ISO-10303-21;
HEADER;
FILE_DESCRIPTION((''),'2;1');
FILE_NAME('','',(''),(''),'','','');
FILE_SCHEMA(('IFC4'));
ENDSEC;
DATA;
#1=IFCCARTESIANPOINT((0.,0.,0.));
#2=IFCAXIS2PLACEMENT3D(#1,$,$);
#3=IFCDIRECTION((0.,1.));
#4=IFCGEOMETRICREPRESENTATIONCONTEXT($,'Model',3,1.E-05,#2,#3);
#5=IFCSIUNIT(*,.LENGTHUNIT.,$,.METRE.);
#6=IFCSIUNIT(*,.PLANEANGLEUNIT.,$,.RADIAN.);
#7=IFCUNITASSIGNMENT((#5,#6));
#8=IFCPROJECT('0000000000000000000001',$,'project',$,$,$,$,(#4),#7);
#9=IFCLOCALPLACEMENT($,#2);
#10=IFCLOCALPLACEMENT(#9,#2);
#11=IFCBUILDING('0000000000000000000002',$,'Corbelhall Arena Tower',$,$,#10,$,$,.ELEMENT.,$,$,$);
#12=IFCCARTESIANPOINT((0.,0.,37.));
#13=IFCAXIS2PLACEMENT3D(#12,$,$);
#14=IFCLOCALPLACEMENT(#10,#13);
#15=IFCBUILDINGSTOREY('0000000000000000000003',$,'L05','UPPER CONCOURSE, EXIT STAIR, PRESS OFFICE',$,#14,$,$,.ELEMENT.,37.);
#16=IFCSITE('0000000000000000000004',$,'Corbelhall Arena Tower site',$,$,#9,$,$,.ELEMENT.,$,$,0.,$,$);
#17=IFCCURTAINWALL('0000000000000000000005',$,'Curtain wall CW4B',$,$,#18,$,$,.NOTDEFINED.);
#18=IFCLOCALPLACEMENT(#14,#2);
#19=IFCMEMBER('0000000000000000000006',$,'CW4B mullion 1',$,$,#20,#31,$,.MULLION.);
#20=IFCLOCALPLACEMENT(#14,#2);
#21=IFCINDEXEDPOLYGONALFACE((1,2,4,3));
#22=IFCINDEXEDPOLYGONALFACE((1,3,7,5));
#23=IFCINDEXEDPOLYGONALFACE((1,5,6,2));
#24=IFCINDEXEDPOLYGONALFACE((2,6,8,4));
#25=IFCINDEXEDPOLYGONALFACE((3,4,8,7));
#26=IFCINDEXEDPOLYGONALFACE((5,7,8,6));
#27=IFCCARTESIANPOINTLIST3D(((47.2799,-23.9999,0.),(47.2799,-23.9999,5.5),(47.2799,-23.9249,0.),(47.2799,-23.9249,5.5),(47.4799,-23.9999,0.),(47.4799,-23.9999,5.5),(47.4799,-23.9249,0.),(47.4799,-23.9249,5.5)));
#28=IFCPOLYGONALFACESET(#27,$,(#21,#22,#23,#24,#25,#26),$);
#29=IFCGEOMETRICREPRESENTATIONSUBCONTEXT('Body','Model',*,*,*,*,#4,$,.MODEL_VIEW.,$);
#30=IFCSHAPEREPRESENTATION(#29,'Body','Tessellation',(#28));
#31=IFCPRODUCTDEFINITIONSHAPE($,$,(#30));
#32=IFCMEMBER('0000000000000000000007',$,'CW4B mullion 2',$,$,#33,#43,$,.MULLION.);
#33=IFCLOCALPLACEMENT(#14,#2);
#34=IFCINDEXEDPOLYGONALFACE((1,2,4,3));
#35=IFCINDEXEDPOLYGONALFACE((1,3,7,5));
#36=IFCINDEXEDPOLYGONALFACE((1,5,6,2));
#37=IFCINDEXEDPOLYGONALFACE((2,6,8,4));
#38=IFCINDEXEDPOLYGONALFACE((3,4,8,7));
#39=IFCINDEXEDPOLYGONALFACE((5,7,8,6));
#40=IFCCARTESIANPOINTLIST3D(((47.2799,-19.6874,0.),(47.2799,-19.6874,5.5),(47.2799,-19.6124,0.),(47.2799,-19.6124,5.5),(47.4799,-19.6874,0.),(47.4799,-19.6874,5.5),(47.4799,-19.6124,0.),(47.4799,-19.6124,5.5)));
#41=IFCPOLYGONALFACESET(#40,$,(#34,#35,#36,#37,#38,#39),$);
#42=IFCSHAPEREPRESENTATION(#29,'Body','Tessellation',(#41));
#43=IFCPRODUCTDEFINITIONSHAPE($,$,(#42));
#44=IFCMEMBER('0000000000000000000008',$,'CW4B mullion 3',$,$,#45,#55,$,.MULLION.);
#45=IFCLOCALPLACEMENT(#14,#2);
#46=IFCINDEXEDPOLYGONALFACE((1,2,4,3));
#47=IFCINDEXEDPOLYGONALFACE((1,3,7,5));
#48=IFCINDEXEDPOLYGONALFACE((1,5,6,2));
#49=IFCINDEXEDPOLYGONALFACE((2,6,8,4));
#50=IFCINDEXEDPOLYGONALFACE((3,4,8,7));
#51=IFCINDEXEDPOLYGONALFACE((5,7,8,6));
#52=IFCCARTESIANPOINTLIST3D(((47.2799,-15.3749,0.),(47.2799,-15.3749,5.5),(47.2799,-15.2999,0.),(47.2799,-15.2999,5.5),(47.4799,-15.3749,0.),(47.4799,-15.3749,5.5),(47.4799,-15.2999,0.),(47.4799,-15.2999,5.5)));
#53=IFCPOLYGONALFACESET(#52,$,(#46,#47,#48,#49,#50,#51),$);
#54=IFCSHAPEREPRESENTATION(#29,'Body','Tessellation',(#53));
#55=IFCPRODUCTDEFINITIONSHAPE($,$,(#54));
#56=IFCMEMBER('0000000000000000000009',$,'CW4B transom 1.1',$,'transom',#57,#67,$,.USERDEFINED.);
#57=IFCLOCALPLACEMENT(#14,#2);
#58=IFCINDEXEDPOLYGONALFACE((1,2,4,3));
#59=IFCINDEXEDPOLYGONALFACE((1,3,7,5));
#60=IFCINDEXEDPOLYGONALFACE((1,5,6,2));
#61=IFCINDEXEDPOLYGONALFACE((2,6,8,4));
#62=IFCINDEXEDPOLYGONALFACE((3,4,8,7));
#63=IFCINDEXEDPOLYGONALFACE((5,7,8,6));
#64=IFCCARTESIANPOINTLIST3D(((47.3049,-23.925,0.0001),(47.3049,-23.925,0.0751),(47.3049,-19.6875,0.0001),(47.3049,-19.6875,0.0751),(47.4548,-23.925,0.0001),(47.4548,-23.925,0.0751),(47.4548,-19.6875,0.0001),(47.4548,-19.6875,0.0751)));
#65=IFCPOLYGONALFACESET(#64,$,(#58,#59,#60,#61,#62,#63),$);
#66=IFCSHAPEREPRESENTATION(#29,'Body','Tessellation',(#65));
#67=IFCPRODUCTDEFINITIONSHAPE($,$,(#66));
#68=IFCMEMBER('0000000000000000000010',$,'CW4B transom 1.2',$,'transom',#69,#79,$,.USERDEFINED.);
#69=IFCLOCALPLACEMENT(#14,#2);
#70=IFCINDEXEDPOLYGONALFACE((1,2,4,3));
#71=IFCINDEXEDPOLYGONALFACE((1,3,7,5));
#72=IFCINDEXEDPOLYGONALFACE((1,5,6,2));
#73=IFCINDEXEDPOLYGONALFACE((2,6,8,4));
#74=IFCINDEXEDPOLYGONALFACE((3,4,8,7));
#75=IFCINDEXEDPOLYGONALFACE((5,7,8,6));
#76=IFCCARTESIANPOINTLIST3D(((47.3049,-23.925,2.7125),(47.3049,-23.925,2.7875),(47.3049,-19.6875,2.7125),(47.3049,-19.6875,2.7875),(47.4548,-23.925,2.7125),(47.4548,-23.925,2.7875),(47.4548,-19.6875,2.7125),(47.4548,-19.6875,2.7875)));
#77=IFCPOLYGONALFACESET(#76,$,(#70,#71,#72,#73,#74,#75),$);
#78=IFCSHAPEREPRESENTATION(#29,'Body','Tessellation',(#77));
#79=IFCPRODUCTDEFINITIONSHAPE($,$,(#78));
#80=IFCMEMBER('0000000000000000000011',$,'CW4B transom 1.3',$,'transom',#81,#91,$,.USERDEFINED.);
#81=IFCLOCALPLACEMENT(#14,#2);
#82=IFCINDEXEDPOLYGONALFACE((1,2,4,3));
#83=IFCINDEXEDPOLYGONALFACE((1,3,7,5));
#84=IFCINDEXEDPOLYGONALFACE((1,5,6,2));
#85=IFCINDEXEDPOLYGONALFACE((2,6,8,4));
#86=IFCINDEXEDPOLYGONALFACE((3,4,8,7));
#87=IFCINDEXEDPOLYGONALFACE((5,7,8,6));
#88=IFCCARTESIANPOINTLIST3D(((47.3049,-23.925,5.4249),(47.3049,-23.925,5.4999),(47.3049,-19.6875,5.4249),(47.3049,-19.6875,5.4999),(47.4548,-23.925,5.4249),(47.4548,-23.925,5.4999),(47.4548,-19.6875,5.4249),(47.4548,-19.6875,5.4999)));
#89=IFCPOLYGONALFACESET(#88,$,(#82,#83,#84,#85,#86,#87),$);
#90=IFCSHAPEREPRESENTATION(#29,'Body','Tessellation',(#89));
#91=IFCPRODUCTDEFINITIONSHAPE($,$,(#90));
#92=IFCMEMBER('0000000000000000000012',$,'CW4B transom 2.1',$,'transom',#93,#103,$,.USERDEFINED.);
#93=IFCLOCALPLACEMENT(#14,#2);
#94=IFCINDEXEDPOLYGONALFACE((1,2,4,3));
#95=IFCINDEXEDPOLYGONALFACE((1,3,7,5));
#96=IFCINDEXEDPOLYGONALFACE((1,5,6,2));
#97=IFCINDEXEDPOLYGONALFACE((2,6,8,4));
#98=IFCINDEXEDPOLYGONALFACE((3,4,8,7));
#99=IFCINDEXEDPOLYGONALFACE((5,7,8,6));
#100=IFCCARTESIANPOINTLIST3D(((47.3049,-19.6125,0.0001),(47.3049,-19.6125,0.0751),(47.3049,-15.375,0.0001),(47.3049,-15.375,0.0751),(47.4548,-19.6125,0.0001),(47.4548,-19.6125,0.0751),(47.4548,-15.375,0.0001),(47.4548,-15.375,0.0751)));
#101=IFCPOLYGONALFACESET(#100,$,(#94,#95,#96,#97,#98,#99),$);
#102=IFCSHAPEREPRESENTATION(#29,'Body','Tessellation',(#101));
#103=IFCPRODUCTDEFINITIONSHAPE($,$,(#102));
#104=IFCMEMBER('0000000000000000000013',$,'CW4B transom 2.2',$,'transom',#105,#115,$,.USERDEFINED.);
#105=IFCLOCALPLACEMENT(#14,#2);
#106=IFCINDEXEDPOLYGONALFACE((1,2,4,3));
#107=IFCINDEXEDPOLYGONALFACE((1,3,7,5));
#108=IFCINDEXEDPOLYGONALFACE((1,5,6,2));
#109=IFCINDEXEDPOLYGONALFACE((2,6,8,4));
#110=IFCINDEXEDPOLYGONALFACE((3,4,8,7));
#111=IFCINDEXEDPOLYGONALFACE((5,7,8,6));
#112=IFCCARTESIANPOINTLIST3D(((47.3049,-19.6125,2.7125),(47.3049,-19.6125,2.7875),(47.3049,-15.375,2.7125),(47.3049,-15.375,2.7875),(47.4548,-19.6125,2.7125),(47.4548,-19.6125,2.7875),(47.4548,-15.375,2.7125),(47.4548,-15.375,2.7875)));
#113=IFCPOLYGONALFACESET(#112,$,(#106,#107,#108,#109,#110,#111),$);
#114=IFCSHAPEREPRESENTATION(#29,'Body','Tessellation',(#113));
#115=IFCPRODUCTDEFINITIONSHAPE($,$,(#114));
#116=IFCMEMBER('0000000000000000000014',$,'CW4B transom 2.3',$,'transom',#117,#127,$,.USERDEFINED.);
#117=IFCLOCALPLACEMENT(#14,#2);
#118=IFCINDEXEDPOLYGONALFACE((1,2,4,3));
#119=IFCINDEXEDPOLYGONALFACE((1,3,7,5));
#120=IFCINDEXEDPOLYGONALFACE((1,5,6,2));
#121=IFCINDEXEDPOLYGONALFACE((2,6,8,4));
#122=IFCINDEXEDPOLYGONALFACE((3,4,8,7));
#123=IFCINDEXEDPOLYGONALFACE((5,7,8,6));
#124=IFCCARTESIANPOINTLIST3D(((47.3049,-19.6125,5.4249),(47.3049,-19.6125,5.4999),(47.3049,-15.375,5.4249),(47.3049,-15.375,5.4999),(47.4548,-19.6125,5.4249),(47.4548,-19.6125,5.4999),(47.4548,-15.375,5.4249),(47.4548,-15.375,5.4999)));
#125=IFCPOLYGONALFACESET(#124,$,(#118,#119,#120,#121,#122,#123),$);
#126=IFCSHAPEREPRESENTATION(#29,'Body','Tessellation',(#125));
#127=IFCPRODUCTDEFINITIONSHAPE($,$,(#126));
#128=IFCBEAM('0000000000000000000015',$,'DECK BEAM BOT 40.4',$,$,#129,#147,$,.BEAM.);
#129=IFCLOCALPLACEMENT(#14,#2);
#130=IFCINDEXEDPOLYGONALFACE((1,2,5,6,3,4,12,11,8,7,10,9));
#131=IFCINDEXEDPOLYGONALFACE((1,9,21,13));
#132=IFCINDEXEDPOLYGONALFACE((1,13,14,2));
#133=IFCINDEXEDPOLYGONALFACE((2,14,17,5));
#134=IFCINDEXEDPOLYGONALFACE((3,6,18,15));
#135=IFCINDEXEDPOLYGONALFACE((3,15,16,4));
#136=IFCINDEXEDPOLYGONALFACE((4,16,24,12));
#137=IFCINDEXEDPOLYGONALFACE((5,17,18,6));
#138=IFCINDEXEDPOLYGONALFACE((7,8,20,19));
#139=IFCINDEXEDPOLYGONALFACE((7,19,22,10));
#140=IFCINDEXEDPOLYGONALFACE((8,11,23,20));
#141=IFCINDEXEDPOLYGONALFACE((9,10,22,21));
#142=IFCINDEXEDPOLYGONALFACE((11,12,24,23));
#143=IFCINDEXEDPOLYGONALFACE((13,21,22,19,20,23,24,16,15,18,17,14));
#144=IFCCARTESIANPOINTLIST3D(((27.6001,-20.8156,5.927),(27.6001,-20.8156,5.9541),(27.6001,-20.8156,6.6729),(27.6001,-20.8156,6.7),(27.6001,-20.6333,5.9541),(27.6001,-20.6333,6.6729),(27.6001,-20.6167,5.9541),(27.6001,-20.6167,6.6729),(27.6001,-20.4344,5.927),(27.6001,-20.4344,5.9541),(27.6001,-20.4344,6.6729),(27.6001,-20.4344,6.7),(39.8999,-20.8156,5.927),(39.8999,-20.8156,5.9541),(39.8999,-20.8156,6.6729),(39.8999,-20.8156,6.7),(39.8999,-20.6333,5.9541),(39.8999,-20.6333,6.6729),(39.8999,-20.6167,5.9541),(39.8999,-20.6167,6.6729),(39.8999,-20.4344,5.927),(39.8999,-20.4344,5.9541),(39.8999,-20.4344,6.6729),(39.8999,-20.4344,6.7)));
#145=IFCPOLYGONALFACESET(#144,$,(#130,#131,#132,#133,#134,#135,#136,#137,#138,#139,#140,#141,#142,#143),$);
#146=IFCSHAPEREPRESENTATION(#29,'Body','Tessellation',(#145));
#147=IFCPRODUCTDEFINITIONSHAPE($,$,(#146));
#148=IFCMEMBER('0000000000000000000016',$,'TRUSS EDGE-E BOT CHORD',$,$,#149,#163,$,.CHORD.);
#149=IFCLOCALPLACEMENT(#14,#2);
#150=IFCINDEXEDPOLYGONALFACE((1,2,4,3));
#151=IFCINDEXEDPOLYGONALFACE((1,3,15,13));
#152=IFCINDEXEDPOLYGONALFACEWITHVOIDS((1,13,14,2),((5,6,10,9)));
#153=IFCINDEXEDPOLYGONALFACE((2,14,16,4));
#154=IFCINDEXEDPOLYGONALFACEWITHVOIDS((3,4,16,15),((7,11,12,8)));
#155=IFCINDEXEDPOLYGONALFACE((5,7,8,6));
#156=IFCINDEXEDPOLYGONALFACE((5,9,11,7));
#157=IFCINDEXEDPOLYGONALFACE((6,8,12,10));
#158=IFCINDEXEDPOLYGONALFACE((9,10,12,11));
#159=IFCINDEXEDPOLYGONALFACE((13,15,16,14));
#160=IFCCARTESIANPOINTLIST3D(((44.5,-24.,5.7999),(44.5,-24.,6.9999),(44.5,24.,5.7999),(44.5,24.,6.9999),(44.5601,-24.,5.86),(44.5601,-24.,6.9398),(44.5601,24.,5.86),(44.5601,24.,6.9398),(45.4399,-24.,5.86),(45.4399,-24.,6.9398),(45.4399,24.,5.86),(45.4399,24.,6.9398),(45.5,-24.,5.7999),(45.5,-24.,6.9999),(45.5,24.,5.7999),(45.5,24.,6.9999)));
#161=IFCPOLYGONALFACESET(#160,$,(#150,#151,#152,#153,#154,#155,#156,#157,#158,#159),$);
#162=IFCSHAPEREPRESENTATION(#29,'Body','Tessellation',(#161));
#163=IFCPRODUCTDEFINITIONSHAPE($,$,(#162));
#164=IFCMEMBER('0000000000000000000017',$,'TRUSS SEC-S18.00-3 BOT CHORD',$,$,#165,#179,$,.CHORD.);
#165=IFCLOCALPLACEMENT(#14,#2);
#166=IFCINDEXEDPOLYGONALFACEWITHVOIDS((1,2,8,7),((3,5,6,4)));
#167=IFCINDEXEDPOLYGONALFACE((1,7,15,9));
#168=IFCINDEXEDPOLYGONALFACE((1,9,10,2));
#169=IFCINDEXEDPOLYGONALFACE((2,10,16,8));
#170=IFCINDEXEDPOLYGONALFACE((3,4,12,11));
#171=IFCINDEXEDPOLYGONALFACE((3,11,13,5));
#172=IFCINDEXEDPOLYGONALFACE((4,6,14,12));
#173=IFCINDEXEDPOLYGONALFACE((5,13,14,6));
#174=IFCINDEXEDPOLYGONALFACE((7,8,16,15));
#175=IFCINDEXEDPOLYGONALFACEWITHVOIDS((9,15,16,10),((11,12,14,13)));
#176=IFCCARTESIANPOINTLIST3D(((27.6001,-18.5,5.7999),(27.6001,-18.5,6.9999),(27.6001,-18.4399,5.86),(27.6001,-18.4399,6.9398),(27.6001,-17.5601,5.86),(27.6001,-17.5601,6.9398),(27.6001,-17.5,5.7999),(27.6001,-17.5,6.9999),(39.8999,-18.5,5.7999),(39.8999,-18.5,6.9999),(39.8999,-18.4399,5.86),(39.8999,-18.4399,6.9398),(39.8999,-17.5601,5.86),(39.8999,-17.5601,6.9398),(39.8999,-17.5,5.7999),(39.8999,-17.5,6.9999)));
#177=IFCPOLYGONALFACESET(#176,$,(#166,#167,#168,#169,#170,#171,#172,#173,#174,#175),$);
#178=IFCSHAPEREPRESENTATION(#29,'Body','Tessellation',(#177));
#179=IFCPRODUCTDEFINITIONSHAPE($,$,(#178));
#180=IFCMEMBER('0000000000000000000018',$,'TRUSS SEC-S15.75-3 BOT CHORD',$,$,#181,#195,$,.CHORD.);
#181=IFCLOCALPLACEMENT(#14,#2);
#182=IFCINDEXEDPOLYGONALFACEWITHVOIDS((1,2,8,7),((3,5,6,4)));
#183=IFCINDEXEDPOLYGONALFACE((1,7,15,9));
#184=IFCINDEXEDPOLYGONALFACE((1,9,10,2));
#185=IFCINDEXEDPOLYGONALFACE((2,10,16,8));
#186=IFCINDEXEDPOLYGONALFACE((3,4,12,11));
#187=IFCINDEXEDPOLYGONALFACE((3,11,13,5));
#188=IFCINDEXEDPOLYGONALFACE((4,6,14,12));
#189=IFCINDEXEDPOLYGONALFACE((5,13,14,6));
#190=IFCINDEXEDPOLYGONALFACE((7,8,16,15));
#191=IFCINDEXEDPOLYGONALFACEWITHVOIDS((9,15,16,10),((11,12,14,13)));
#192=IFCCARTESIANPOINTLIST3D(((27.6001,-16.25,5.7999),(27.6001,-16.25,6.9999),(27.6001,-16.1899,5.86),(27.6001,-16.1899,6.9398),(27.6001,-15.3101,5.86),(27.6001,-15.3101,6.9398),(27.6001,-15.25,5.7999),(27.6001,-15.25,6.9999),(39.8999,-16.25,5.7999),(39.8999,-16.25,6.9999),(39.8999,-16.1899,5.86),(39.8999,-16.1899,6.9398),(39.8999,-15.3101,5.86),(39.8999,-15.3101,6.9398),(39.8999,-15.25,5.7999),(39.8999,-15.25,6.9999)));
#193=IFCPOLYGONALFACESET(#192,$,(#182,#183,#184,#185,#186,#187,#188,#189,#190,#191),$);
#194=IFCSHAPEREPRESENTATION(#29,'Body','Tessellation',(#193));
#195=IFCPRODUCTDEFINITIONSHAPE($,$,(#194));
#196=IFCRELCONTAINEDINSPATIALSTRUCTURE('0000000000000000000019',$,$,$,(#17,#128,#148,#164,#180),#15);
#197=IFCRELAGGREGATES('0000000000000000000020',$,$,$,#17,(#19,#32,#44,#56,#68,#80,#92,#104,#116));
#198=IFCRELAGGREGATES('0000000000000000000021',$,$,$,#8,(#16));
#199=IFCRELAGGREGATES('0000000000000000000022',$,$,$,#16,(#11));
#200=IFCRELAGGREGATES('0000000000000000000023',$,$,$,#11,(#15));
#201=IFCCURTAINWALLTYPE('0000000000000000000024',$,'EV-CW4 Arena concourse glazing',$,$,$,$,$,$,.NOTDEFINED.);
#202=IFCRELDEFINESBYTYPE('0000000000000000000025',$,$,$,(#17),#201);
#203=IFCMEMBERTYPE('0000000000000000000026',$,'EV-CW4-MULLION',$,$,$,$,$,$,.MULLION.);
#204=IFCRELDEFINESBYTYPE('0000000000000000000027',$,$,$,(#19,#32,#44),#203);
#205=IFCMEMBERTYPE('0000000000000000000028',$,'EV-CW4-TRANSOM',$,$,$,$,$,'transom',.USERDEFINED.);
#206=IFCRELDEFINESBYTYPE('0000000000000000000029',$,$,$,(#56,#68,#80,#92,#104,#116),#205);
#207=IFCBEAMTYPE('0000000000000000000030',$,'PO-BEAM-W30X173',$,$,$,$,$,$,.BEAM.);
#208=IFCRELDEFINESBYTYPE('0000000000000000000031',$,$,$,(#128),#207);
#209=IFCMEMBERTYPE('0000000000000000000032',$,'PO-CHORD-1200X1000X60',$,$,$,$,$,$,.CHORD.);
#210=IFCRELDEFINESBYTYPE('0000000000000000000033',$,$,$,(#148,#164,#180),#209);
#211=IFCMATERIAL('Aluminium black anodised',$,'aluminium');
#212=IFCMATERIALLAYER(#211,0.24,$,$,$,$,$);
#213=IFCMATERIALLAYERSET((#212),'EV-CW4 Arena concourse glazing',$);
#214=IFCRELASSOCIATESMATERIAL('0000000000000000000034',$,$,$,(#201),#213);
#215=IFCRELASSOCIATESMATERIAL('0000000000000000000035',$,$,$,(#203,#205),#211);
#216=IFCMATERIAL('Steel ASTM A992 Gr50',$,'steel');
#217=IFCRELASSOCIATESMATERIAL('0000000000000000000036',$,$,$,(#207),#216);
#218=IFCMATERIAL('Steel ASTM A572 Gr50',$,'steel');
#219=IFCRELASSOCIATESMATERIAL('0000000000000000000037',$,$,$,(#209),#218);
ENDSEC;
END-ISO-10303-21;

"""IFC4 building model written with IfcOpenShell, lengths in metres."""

from ifc_helpers import new_model, si_unit, direction, frame, origin, origin_2d, place, context, subcontext, project, spatial, rectangle, hollow_rectangle, i_section, extrude, material, layer, layer_set, material_profile, profile_set, type_object, element, aggregate, save


model = new_model("IFC4")

# Units and contexts
model_context = context("Model", 3, precision=1e-05, world=origin(), true_north=direction((0.0, 1.0)))
body_context = subcontext(model_context, "Body", "Model", "MODEL_VIEW")
ifc_project = project(units=[si_unit("LENGTHUNIT", "METRE"), si_unit("PLANEANGLEUNIT", "RADIAN")], contexts=[model_context])

# Site, building, storey
site_placement = place(None, origin())
site = spatial("IfcSite", under=ifc_project, at=site_placement, Name="Corbelhall Arena Tower site", CompositionType="ELEMENT", RefElevation=0.0)
building_placement = place(site_placement, origin())
building = spatial("IfcBuilding", under=site, at=building_placement, Name="Corbelhall Arena Tower", CompositionType="ELEMENT")
storey_placement = place(building_placement, frame((0.0, 0.0, 37.0)))
storey = spatial("IfcBuildingStorey", under=building, at=storey_placement, Name="L05", Description="UPPER CONCOURSE, EXIT STAIR, PRESS OFFICE", CompositionType="ELEMENT", Elevation=37.0)

# Curtain wall, members
ifc_material_1 = material(Name="Aluminium black anodised", Category="aluminium")
ifc_layer_1 = layer(ifc_material_1, 0.24)
ifc_layer_set_1 = layer_set([ifc_layer_1], Name="EV-CW4 Arena concourse glazing")
curtain_wall_type = type_object("IfcCurtainWallType", Name="EV-CW4 Arena concourse glazing", PredefinedType="NOTDEFINED", material=ifc_layer_set_1)
curtain_wall_placement = place(storey_placement, origin())
curtain_wall = element("IfcCurtainWall", 1, at=curtain_wall_placement, inside=storey, type_object=curtain_wall_type, Name="Curtain wall CW4B", PredefinedType="NOTDEFINED")
ifc_material_profile_1 = material_profile(ifc_material_1, rectangle(XDim=0.2, YDim=0.075, at=origin_2d()))
ifc_profile_set_1 = profile_set([ifc_material_profile_1], Name="Aluminium black anodised")
member_type_1 = type_object("IfcMemberType", Name="EV-CW4-MULLION", PredefinedType="MULLION", material=ifc_profile_set_1)
member_1_placement = place(storey_placement, frame((47.3799, -23.9624, 0.0), z_axis=(0.0, 0.0, 1.0), x_axis=(-1.0, 0.0, 0.0)))
member_1 = element("IfcMember", 2, at=member_1_placement, type_object=member_type_1, Name="CW4B mullion 1", PredefinedType="MULLION", context=body_context, shape_type="SweptSolid", body=[
    extrude(rectangle(XDim=0.2, YDim=0.075, at=origin_2d()), origin(), (0.0, 0.0, 1.0), 5.5),
])
member_2_placement = place(storey_placement, frame((47.3799, -19.6499, 0.0), z_axis=(0.0, 0.0, 1.0), x_axis=(-1.0, 0.0, 0.0)))
member_2 = element("IfcMember", 3, at=member_2_placement, type_object=member_type_1, Name="CW4B mullion 2", PredefinedType="MULLION", context=body_context, shape_type="SweptSolid", body=[
    extrude(rectangle(XDim=0.2, YDim=0.075, at=origin_2d()), origin(), (0.0, 0.0, 1.0), 5.5),
])
member_3_placement = place(storey_placement, frame((47.3799, -15.3374, 0.0), z_axis=(0.0, 0.0, 1.0), x_axis=(-1.0, 0.0, 0.0)))
member_3 = element("IfcMember", 4, at=member_3_placement, type_object=member_type_1, Name="CW4B mullion 3", PredefinedType="MULLION", context=body_context, shape_type="SweptSolid", body=[
    extrude(rectangle(XDim=0.2, YDim=0.075, at=origin_2d()), origin(), (0.0, 0.0, 1.0), 5.5),
])
ifc_material_profile_2 = material_profile(ifc_material_1, rectangle(XDim=0.1499, YDim=0.075, at=origin_2d()))
ifc_profile_set_2 = profile_set([ifc_material_profile_2], Name="Aluminium black anodised")
member_type_2 = type_object("IfcMemberType", Name="EV-CW4-TRANSOM", ElementType="transom", PredefinedType="USERDEFINED", material=ifc_profile_set_2)
member_4_placement = place(storey_placement, frame((47.3799, -23.925, 0.0376), z_axis=(0.0, 1.0, 0.0), x_axis=(-1.0, 0.0, 0.0)))
member_4 = element("IfcMember", 5, at=member_4_placement, type_object=member_type_2, Name="CW4B transom 1.1", ObjectType="transom", PredefinedType="USERDEFINED", context=body_context, shape_type="SweptSolid", body=[
    extrude(rectangle(XDim=0.1499, YDim=0.075, at=origin_2d()), origin(), (0.0, 0.0, 1.0), 4.2375),
])
member_5_placement = place(storey_placement, frame((47.3799, -23.925, 2.75), z_axis=(0.0, 1.0, 0.0), x_axis=(-1.0, 0.0, 0.0)))
member_5 = element("IfcMember", 6, at=member_5_placement, type_object=member_type_2, Name="CW4B transom 1.2", ObjectType="transom", PredefinedType="USERDEFINED", context=body_context, shape_type="SweptSolid", body=[
    extrude(rectangle(XDim=0.1499, YDim=0.075, at=origin_2d()), origin(), (0.0, 0.0, 1.0), 4.2375),
])
member_6_placement = place(storey_placement, frame((47.3799, -23.925, 5.4624), z_axis=(0.0, 1.0, 0.0), x_axis=(-1.0, 0.0, 0.0)))
member_6 = element("IfcMember", 7, at=member_6_placement, type_object=member_type_2, Name="CW4B transom 1.3", ObjectType="transom", PredefinedType="USERDEFINED", context=body_context, shape_type="SweptSolid", body=[
    extrude(rectangle(XDim=0.1499, YDim=0.075, at=origin_2d()), origin(), (0.0, 0.0, 1.0), 4.2375),
])
member_7_placement = place(storey_placement, frame((47.3799, -19.6125, 0.0376), z_axis=(0.0, 1.0, 0.0), x_axis=(-1.0, 0.0, 0.0)))
member_7 = element("IfcMember", 8, at=member_7_placement, type_object=member_type_2, Name="CW4B transom 2.1", ObjectType="transom", PredefinedType="USERDEFINED", context=body_context, shape_type="SweptSolid", body=[
    extrude(rectangle(XDim=0.1499, YDim=0.075, at=origin_2d()), origin(), (0.0, 0.0, 1.0), 4.2375),
])
member_8_placement = place(storey_placement, frame((47.3799, -19.6125, 2.75), z_axis=(0.0, 1.0, 0.0), x_axis=(-1.0, 0.0, 0.0)))
member_8 = element("IfcMember", 9, at=member_8_placement, type_object=member_type_2, Name="CW4B transom 2.2", ObjectType="transom", PredefinedType="USERDEFINED", context=body_context, shape_type="SweptSolid", body=[
    extrude(rectangle(XDim=0.1499, YDim=0.075, at=origin_2d()), origin(), (0.0, 0.0, 1.0), 4.2375),
])
member_9_placement = place(storey_placement, frame((47.3799, -19.6125, 5.4624), z_axis=(0.0, 1.0, 0.0), x_axis=(-1.0, 0.0, 0.0)))
member_9 = element("IfcMember", 10, at=member_9_placement, type_object=member_type_2, Name="CW4B transom 2.3", ObjectType="transom", PredefinedType="USERDEFINED", context=body_context, shape_type="SweptSolid", body=[
    extrude(rectangle(XDim=0.1499, YDim=0.075, at=origin_2d()), origin(), (0.0, 0.0, 1.0), 4.2375),
])

# Beam
ifc_material_2 = material(Name="Steel ASTM A992 Gr50", Category="steel")
ifc_material_profile_3 = material_profile(ifc_material_2, i_section(OverallWidth=0.3811, OverallDepth=0.7729, WebThickness=0.0166, FlangeThickness=0.0271, at=origin_2d()))
ifc_profile_set_3 = profile_set([ifc_material_profile_3], Name="Steel ASTM A992 Gr50")
beam_type = type_object("IfcBeamType", Name="PO-BEAM-W30X173", PredefinedType="BEAM", material=ifc_profile_set_3)
beam_placement = place(storey_placement, frame((27.6001, -20.625, 6.3135), z_axis=(1.0, 0.0, 0.0), x_axis=(0.0, 1.0, 0.0)))
element("IfcBeam", 11, at=beam_placement, inside=storey, type_object=beam_type, Name="DECK BEAM BOT 40.4", PredefinedType="BEAM", context=body_context, shape_type="SweptSolid", body=[
    extrude(i_section(OverallWidth=0.3811, OverallDepth=0.7729, WebThickness=0.0166, FlangeThickness=0.0271, at=origin_2d()), origin(), (0.0, 0.0, 1.0), 12.2998),
])

# Members
ifc_material_3 = material(Name="Steel ASTM A572 Gr50", Category="steel")
ifc_material_profile_4 = material_profile(ifc_material_3, hollow_rectangle(XDim=1.0, YDim=1.2, WallThickness=0.0601, at=origin_2d()))
ifc_profile_set_4 = profile_set([ifc_material_profile_4], Name="Steel ASTM A572 Gr50")
member_type_3 = type_object("IfcMemberType", Name="PO-CHORD-1200X1000X60", PredefinedType="CHORD", material=ifc_profile_set_4)
member_10_placement = place(storey_placement, frame((45.0, -24.0, 6.3999), z_axis=(0.0, 1.0, 0.0), x_axis=(-1.0, 0.0, 0.0)))
element("IfcMember", 12, at=member_10_placement, inside=storey, type_object=member_type_3, Name="TRUSS EDGE-E BOT CHORD", PredefinedType="CHORD", context=body_context, shape_type="SweptSolid", body=[
    extrude(hollow_rectangle(XDim=1.0, YDim=1.2, WallThickness=0.0601, at=origin_2d()), origin(), (0.0, 0.0, 1.0), 48.0),
])
for number, where, z_axis, x_axis, name in (
    (13, (27.6001, -18.0, 6.3999), (1.0, 0.0, 0.0), (0.0, 1.0, 0.0), "TRUSS SEC-S18.00-3 BOT CHORD"),
    (14, (27.6001, -15.75, 6.3999), (1.0, 0.0, 0.0), (0.0, 1.0, 0.0), "TRUSS SEC-S15.75-3 BOT CHORD"),
):
    element("IfcMember", number, at=place(storey_placement, frame(where, z_axis=z_axis, x_axis=x_axis)), inside=storey, type_object=member_type_3, Name=name, PredefinedType="CHORD", context=body_context, shape_type="SweptSolid", body=[
        extrude(hollow_rectangle(XDim=1.0, YDim=1.2, WallThickness=0.0601, at=origin_2d()), origin(), (0.0, 0.0, 1.0), 12.2998),
    ])

aggregate(curtain_wall, [member_1, member_2, member_3, member_4, member_5, member_6, member_7, member_8, member_9])

save(model, "model.ifc")
